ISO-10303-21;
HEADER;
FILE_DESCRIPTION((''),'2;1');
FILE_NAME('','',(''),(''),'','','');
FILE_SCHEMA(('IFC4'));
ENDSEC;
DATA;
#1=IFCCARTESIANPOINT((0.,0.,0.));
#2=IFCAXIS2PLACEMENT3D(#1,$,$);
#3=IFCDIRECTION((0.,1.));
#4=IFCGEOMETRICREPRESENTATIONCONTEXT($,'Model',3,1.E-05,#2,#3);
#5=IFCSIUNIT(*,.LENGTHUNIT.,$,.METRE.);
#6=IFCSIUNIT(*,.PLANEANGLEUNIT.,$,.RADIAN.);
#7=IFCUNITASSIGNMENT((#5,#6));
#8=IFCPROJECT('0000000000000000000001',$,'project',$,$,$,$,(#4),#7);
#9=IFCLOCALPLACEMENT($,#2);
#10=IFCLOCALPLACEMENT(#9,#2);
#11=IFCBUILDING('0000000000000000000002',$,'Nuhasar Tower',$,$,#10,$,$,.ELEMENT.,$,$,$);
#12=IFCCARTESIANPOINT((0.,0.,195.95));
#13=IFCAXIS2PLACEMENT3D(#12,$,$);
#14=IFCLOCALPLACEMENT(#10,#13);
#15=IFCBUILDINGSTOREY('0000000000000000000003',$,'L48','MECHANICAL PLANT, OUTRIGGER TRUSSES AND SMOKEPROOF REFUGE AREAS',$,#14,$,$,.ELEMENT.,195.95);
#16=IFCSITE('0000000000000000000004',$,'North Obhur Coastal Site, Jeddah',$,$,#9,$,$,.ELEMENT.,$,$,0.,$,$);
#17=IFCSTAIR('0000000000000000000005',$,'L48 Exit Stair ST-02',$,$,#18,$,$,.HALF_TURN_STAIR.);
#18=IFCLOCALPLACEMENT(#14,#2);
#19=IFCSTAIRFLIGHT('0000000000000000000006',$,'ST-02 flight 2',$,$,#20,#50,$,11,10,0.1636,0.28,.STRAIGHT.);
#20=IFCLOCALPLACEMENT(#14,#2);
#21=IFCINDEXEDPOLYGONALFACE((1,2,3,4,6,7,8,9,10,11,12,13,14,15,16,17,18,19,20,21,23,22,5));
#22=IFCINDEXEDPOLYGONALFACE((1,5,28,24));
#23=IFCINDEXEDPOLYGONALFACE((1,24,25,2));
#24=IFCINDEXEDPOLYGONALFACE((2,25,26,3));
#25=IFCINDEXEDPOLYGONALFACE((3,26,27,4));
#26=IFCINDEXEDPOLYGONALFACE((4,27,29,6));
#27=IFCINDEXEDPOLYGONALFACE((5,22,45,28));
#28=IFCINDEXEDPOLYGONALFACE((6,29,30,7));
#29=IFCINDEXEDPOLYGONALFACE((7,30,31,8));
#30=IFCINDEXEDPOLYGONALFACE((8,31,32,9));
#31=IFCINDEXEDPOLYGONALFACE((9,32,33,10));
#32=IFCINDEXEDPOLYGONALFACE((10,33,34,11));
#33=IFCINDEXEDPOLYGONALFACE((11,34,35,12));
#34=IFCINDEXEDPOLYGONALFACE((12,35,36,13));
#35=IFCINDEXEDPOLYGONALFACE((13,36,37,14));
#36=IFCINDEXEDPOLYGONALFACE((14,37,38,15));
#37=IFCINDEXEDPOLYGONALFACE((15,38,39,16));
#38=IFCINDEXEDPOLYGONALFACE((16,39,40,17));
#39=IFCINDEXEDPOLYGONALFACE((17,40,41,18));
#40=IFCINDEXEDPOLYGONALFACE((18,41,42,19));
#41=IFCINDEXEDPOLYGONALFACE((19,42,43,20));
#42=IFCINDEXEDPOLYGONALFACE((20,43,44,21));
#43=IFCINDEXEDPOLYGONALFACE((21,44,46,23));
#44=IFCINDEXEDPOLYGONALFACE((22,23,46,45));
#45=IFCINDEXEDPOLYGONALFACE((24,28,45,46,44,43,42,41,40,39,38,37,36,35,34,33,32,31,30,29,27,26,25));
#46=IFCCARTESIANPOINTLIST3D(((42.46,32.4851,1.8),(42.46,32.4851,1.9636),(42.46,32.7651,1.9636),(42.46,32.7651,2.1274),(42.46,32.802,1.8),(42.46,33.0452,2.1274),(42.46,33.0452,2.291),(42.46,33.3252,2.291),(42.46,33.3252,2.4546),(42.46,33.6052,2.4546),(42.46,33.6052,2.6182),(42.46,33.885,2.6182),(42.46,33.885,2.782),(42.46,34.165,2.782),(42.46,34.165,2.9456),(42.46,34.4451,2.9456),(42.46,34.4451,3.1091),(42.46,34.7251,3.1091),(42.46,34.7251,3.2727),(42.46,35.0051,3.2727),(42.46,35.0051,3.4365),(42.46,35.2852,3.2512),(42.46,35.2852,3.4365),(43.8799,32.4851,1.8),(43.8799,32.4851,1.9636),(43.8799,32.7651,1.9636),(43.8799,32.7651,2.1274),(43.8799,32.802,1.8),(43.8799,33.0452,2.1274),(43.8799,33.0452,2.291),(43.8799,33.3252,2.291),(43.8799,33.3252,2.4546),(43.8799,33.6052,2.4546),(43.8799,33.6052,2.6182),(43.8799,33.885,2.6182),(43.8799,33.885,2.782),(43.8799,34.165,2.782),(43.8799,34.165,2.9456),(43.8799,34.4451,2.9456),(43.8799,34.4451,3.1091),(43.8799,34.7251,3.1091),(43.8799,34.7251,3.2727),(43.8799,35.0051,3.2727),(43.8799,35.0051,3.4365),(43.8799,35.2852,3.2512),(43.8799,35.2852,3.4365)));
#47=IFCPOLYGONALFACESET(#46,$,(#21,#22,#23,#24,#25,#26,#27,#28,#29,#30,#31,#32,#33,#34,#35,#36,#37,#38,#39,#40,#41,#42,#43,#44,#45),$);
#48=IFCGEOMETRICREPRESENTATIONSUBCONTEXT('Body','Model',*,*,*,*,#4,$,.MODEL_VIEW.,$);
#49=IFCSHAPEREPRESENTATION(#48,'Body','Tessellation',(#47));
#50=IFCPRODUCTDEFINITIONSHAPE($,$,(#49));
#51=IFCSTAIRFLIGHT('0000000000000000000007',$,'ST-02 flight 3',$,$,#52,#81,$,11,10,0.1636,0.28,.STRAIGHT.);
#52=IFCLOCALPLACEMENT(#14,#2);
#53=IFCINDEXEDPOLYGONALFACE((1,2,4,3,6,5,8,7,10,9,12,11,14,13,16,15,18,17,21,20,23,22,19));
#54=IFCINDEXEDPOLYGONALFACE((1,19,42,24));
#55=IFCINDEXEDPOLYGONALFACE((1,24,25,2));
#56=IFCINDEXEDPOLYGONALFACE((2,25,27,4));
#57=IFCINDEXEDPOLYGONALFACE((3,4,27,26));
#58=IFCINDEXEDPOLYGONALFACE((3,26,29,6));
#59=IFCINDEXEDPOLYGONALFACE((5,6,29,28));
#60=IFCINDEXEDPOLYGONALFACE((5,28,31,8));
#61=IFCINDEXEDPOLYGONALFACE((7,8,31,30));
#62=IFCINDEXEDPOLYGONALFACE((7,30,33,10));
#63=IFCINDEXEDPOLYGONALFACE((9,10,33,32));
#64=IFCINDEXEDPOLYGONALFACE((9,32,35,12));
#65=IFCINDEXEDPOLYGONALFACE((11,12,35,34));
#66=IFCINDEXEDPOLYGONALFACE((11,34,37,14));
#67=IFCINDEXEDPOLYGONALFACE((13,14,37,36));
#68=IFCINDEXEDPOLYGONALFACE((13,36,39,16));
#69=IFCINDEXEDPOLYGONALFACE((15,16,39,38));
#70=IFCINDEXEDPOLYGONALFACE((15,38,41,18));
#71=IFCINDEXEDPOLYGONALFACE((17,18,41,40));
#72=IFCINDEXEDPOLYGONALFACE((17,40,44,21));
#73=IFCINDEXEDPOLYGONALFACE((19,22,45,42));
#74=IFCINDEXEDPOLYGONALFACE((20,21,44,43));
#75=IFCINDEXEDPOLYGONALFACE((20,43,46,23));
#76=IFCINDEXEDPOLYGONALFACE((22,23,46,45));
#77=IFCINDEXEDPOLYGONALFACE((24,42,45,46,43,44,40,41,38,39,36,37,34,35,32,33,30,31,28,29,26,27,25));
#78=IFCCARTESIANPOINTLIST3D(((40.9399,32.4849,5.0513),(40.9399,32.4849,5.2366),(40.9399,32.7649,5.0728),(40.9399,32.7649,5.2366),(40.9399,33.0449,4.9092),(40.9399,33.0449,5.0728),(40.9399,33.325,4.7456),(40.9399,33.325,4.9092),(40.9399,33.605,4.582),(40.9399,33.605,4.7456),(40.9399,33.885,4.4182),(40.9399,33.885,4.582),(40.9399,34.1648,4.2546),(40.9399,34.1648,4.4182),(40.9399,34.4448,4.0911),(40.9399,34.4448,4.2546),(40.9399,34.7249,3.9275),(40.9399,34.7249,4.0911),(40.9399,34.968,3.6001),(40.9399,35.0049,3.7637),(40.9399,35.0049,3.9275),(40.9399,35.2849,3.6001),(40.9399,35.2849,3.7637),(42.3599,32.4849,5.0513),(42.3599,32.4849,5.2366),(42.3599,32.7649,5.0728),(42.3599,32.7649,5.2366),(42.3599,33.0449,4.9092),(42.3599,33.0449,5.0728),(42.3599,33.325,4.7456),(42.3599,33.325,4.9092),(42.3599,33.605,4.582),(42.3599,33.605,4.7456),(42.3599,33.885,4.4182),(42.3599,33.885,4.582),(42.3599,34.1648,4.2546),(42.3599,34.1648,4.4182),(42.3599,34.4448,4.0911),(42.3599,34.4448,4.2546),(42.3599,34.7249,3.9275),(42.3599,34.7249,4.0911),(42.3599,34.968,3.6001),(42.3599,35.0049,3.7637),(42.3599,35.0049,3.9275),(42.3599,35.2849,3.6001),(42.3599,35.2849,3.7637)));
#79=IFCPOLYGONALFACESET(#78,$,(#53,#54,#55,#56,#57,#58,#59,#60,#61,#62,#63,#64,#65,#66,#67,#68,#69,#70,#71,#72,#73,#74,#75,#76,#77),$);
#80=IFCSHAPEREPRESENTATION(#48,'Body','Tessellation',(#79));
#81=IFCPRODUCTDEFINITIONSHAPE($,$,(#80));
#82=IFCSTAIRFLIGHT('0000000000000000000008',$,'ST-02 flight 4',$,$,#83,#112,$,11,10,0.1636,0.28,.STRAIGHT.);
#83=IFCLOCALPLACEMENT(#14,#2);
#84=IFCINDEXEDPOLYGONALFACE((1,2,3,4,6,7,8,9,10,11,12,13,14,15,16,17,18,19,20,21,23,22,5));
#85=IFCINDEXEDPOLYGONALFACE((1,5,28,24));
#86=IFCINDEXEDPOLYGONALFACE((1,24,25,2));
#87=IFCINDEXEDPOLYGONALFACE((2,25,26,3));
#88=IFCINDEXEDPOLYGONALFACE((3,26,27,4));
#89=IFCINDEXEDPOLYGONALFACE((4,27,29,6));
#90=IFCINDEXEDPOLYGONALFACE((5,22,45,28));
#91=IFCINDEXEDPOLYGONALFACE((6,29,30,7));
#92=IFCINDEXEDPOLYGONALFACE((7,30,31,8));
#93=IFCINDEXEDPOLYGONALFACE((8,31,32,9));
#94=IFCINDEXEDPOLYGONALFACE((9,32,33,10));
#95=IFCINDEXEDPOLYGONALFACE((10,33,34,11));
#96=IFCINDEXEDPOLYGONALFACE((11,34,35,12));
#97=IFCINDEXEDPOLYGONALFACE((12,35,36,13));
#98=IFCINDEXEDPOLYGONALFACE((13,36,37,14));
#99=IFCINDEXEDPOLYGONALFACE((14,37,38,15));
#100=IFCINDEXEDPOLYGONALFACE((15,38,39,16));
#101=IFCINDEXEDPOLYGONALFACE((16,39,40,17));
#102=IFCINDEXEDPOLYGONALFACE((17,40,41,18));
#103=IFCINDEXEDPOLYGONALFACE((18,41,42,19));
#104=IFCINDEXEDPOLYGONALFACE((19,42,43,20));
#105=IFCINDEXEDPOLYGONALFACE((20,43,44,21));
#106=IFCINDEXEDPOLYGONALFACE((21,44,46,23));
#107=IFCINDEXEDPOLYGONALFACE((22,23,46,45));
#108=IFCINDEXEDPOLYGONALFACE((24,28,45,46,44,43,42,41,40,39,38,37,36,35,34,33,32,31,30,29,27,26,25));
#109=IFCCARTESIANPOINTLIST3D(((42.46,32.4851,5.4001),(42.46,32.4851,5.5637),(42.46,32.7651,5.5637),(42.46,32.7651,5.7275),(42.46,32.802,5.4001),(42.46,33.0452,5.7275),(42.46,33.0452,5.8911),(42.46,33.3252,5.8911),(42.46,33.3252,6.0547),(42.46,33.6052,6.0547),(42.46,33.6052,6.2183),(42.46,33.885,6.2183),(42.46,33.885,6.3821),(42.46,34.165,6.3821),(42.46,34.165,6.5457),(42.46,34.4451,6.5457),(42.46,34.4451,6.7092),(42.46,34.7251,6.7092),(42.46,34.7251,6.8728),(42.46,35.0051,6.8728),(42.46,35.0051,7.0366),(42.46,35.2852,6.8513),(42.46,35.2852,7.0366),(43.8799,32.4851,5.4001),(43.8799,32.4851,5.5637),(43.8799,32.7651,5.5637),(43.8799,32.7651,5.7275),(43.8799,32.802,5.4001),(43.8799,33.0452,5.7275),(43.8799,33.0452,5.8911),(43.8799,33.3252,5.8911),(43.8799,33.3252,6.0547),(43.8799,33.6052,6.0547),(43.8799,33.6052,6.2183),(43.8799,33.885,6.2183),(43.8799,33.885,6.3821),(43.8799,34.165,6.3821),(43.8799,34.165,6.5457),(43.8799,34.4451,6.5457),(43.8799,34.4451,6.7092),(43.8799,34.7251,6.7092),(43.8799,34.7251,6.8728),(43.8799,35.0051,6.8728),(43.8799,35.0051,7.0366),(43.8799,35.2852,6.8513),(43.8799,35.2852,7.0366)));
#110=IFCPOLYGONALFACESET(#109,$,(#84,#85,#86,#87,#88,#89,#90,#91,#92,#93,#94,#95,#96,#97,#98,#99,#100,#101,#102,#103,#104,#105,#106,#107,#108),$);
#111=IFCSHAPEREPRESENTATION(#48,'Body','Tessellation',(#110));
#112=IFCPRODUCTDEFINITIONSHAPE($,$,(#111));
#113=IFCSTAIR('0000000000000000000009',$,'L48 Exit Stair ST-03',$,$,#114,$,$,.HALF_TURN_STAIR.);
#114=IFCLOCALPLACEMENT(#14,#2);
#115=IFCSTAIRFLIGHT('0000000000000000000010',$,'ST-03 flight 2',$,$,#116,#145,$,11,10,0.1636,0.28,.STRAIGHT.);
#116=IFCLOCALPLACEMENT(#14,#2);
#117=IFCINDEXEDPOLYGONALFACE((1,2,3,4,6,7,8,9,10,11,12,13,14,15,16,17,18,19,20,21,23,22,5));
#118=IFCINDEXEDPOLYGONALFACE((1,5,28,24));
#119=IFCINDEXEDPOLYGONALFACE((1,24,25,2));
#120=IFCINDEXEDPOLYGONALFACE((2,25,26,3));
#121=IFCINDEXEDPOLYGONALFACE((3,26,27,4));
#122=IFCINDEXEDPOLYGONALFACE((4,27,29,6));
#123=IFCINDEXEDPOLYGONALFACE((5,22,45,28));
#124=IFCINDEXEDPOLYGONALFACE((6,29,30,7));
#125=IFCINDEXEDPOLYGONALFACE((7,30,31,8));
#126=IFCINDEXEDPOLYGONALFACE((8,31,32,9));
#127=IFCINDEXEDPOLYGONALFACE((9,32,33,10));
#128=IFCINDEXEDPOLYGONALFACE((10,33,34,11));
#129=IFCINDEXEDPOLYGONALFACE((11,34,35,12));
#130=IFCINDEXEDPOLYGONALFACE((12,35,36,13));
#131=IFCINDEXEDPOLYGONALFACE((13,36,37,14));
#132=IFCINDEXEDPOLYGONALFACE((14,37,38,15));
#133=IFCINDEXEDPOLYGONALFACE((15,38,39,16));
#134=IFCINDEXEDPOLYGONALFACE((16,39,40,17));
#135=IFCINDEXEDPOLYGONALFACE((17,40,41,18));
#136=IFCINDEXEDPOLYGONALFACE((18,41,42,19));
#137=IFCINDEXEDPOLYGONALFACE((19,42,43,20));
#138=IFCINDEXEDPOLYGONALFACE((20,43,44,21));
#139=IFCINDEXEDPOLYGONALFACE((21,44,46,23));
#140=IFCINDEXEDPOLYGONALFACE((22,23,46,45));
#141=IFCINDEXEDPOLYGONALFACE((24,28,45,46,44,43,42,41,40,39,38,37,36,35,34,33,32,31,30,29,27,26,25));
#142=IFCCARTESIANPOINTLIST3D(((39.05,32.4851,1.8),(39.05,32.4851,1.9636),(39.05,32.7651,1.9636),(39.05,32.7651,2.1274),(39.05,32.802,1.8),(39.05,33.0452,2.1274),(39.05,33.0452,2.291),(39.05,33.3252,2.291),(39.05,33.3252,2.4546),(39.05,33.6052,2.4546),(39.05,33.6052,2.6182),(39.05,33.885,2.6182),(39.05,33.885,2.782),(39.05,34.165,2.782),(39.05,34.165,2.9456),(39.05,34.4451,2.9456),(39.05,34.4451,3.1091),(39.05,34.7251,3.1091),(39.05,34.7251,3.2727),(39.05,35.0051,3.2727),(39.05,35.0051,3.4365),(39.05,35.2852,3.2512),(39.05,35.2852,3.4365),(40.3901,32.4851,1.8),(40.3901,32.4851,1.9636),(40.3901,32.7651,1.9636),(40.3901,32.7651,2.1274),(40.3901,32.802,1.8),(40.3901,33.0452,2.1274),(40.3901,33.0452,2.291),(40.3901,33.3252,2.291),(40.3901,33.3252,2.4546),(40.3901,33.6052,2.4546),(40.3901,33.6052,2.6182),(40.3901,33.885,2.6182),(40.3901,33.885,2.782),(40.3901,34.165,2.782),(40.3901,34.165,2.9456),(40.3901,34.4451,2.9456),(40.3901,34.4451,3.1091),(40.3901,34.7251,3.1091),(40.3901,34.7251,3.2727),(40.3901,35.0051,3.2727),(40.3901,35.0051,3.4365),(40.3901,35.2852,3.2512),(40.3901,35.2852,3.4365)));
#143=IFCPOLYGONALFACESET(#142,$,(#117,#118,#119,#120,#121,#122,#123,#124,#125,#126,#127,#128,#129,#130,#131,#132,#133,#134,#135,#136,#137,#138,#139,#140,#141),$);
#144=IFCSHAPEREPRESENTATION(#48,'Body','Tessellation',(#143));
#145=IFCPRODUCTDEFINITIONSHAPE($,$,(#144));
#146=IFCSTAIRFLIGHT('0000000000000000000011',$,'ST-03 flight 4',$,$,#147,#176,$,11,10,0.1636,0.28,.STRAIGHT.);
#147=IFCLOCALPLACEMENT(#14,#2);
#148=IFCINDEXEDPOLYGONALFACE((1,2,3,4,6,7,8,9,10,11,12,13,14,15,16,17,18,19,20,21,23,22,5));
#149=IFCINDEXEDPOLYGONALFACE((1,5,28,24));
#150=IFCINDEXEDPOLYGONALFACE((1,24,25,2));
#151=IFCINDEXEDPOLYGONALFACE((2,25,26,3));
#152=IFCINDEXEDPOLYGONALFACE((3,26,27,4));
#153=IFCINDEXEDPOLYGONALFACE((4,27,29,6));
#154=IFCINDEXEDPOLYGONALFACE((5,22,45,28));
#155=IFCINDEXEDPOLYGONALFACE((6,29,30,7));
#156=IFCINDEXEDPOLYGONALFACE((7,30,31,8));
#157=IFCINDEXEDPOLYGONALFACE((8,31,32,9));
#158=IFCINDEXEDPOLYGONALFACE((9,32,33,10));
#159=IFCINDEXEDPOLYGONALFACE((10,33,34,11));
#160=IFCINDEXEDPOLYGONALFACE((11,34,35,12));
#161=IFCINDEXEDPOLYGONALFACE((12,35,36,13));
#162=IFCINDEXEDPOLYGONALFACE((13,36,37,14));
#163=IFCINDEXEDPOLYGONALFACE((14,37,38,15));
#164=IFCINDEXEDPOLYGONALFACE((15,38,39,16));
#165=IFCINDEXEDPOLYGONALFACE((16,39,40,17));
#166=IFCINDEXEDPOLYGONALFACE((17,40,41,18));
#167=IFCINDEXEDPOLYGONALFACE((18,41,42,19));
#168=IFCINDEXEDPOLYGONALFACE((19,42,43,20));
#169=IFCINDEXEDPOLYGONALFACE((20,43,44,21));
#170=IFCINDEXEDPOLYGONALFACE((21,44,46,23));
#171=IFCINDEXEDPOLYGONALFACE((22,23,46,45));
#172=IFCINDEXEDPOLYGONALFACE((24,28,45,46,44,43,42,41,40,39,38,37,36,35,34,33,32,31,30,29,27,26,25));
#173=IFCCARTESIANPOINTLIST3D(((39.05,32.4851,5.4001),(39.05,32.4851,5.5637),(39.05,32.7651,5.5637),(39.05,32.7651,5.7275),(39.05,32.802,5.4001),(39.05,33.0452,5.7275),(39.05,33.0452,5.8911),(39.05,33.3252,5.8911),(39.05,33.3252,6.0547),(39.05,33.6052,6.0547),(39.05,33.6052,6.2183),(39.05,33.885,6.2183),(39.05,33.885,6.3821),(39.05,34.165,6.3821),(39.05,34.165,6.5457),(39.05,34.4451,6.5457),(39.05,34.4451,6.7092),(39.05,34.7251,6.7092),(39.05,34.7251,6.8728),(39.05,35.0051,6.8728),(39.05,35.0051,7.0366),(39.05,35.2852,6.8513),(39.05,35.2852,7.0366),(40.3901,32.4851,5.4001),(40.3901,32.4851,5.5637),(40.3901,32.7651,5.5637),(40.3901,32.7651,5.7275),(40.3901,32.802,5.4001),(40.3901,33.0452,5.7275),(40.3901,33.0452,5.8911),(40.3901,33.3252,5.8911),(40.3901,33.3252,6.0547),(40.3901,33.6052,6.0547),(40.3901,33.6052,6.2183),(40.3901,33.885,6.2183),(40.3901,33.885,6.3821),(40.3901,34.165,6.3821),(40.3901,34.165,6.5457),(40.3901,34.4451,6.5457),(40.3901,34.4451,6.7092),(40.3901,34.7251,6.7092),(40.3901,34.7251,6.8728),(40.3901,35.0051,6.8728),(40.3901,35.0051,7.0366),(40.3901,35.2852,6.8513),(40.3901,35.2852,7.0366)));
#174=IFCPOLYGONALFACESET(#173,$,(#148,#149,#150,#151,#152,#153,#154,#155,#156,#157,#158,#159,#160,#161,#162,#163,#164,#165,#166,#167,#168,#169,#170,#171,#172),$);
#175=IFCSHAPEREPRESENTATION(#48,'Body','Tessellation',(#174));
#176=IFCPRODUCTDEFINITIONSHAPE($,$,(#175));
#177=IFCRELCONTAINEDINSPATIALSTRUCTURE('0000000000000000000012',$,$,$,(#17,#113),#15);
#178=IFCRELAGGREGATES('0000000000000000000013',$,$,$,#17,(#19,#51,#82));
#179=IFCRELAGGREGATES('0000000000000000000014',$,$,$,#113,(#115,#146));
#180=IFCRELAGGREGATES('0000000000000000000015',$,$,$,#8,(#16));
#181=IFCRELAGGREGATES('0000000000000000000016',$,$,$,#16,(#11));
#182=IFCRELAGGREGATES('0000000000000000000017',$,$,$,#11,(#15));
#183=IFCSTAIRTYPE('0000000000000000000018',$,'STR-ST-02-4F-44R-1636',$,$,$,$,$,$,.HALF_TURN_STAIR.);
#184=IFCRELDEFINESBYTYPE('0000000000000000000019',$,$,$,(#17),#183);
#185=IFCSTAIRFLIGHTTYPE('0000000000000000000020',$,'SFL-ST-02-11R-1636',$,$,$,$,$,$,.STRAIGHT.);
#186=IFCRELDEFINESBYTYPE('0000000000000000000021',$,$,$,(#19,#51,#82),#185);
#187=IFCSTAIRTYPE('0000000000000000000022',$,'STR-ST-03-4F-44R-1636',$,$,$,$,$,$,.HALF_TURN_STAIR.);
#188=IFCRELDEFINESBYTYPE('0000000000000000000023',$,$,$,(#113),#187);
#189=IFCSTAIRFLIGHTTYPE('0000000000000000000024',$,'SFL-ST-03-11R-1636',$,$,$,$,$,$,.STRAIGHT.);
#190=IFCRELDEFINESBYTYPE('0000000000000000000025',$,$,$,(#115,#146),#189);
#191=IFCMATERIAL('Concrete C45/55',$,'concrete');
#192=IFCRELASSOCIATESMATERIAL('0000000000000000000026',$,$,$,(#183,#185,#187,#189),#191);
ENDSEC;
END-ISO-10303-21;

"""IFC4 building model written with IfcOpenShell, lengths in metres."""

from ifc_helpers import new_model, si_unit, direction, frame, origin, place, context, subcontext, project, spatial, polyline, outline, extrude, material, type_object, element, aggregate, save


model = new_model("IFC4")

# Units and contexts
model_context = context("Model", 3, precision=1e-05, world=origin(), true_north=direction((0.0, 1.0)))
body_context = subcontext(model_context, "Body", "Model", "MODEL_VIEW")
ifc_project = project(units=[si_unit("LENGTHUNIT", "METRE"), si_unit("PLANEANGLEUNIT", "RADIAN")], contexts=[model_context])

# Site, building, storey
site_placement = place(None, origin())
site = spatial("IfcSite", under=ifc_project, at=site_placement, Name="North Obhur Coastal Site, Jeddah", CompositionType="ELEMENT", RefElevation=0.0)
building_placement = place(site_placement, origin())
building = spatial("IfcBuilding", under=site, at=building_placement, Name="Nuhasar Tower", CompositionType="ELEMENT")
storey_placement = place(building_placement, frame((0.0, 0.0, 195.95)))
storey = spatial("IfcBuildingStorey", under=building, at=storey_placement, Name="L48", Description="MECHANICAL PLANT, OUTRIGGER TRUSSES AND SMOKEPROOF REFUGE AREAS", CompositionType="ELEMENT", Elevation=195.95)

# Shared definitions
ifc_material_1 = material(Name="Concrete C45/55", Category="concrete")

# Stairs, stair flights
stair_type_1 = type_object("IfcStairType", Name="STR-ST-02-4F-44R-1636", PredefinedType="HALF_TURN_STAIR", material=ifc_material_1)
stair_1_placement = place(storey_placement, origin())
stair_1 = element("IfcStair", 1, at=stair_1_placement, inside=storey, type_object=stair_type_1, Name="L48 Exit Stair ST-02", PredefinedType="HALF_TURN_STAIR")
stair_flight_type_1 = type_object("IfcStairFlightType", Name="SFL-ST-02-11R-1636", PredefinedType="STRAIGHT", material=ifc_material_1)
stair_flight_1_placement = place(storey_placement, frame((43.1699, 32.4851, 1.8), z_axis=(0.0, 0.0, 1.0), x_axis=(0.0, 1.0, 0.0)))
stair_flight_1 = element("IfcStairFlight", 2, at=stair_flight_1_placement, type_object=stair_flight_type_1, Name="ST-02 flight 2", NumberOfRisers=11, NumberOfTreads=10, PredefinedType="STRAIGHT", RiserHeight=0.1636, TreadLength=0.28, context=body_context, shape_type="SweptSolid", body=[
    extrude(outline(polyline([(0.0, 0.0), (0.0, 0.1636), (0.28, 0.1636), (0.28, 0.3274), (0.5601, 0.3274), (0.5601, 0.491), (0.8401, 0.491), (0.8401, 0.6545), (1.1201, 0.6545), (1.1201, 0.8181), (1.3999, 0.8181), (1.3999, 0.9819), (1.6799, 0.9819), (1.6799, 1.1455), (1.96, 1.1455), (1.96, 1.3091), (2.24, 1.3091), (2.24, 1.4727), (2.52, 1.4727), (2.52, 1.6365), (2.8, 1.6365), (2.8, 1.8), (2.8, 1.4512), (0.3169, 0.0), (0.0, 0.0)])), frame((0.0, 0.71, 0.0), z_axis=(0.0, -1.0, 0.0), x_axis=(1.0, 0.0, 0.0)), (0.0, 0.0, 1.0), 1.4199),
])
stair_flight_2_placement = place(storey_placement, frame((41.6499, 35.2849, 3.6001), z_axis=(0.0, 0.0, 1.0), x_axis=(0.0, -1.0, 0.0)))
stair_flight_2 = element("IfcStairFlight", 3, at=stair_flight_2_placement, type_object=stair_flight_type_1, Name="ST-02 flight 3", NumberOfRisers=11, NumberOfTreads=10, PredefinedType="STRAIGHT", RiserHeight=0.1636, TreadLength=0.28, context=body_context, shape_type="SweptSolid", body=[
    extrude(outline(polyline([(0.0, 0.0), (0.0, 0.1636), (0.28, 0.1636), (0.28, 0.3274), (0.5601, 0.3274), (0.5601, 0.491), (0.8401, 0.491), (0.8401, 0.6545), (1.1201, 0.6545), (1.1201, 0.8181), (1.3999, 0.8181), (1.3999, 0.9819), (1.6799, 0.9819), (1.6799, 1.1455), (1.96, 1.1455), (1.96, 1.3091), (2.24, 1.3091), (2.24, 1.4727), (2.52, 1.4727), (2.52, 1.6365), (2.8, 1.6365), (2.8, 1.8), (2.8, 1.4512), (0.3169, 0.0), (0.0, 0.0)])), frame((0.0, 0.71, 0.0), z_axis=(0.0, -1.0, 0.0), x_axis=(1.0, 0.0, 0.0)), (0.0, 0.0, 1.0), 1.4199),
])
stair_flight_3_placement = place(storey_placement, frame((43.1699, 32.4851, 5.4001), z_axis=(0.0, 0.0, 1.0), x_axis=(0.0, 1.0, 0.0)))
stair_flight_3 = element("IfcStairFlight", 4, at=stair_flight_3_placement, type_object=stair_flight_type_1, Name="ST-02 flight 4", NumberOfRisers=11, NumberOfTreads=10, PredefinedType="STRAIGHT", RiserHeight=0.1636, TreadLength=0.28, context=body_context, shape_type="SweptSolid", body=[
    extrude(outline(polyline([(0.0, 0.0), (0.0, 0.1636), (0.28, 0.1636), (0.28, 0.3274), (0.5601, 0.3274), (0.5601, 0.491), (0.8401, 0.491), (0.8401, 0.6545), (1.1201, 0.6545), (1.1201, 0.8181), (1.3999, 0.8181), (1.3999, 0.9819), (1.6799, 0.9819), (1.6799, 1.1455), (1.96, 1.1455), (1.96, 1.3091), (2.24, 1.3091), (2.24, 1.4727), (2.52, 1.4727), (2.52, 1.6365), (2.8, 1.6365), (2.8, 1.8), (2.8, 1.4512), (0.3169, 0.0), (0.0, 0.0)])), frame((0.0, 0.71, 0.0), z_axis=(0.0, -1.0, 0.0), x_axis=(1.0, 0.0, 0.0)), (0.0, 0.0, 1.0), 1.4199),
])
aggregate(stair_1, [stair_flight_1, stair_flight_2, stair_flight_3])
stair_type_2 = type_object("IfcStairType", Name="STR-ST-03-4F-44R-1636", PredefinedType="HALF_TURN_STAIR", material=ifc_material_1)
stair_2_placement = place(storey_placement, origin())
stair_2 = element("IfcStair", 5, at=stair_2_placement, inside=storey, type_object=stair_type_2, Name="L48 Exit Stair ST-03", PredefinedType="HALF_TURN_STAIR")
stair_flight_type_2 = type_object("IfcStairFlightType", Name="SFL-ST-03-11R-1636", PredefinedType="STRAIGHT", material=ifc_material_1)
stair_flight_4_placement = place(storey_placement, frame((39.72, 32.4851, 1.8), z_axis=(0.0, 0.0, 1.0), x_axis=(0.0, 1.0, 0.0)))
stair_flight_4 = element("IfcStairFlight", 6, at=stair_flight_4_placement, type_object=stair_flight_type_2, Name="ST-03 flight 2", NumberOfRisers=11, NumberOfTreads=10, PredefinedType="STRAIGHT", RiserHeight=0.1636, TreadLength=0.28, context=body_context, shape_type="SweptSolid", body=[
    extrude(outline(polyline([(0.0, 0.0), (0.0, 0.1636), (0.28, 0.1636), (0.28, 0.3274), (0.5601, 0.3274), (0.5601, 0.491), (0.8401, 0.491), (0.8401, 0.6545), (1.1201, 0.6545), (1.1201, 0.8181), (1.3999, 0.8181), (1.3999, 0.9819), (1.6799, 0.9819), (1.6799, 1.1455), (1.96, 1.1455), (1.96, 1.3091), (2.24, 1.3091), (2.24, 1.4727), (2.52, 1.4727), (2.52, 1.6365), (2.8, 1.6365), (2.8, 1.8), (2.8, 1.4512), (0.3169, 0.0), (0.0, 0.0)])), frame((0.0, 0.6699, 0.0), z_axis=(0.0, -1.0, 0.0), x_axis=(1.0, 0.0, 0.0)), (0.0, 0.0, 1.0), 1.3401),
])
stair_flight_5_placement = place(storey_placement, frame((39.72, 32.4851, 5.4001), z_axis=(0.0, 0.0, 1.0), x_axis=(0.0, 1.0, 0.0)))
stair_flight_5 = element("IfcStairFlight", 7, at=stair_flight_5_placement, type_object=stair_flight_type_2, Name="ST-03 flight 4", NumberOfRisers=11, NumberOfTreads=10, PredefinedType="STRAIGHT", RiserHeight=0.1636, TreadLength=0.28, context=body_context, shape_type="SweptSolid", body=[
    extrude(outline(polyline([(0.0, 0.0), (0.0, 0.1636), (0.28, 0.1636), (0.28, 0.3274), (0.5601, 0.3274), (0.5601, 0.491), (0.8401, 0.491), (0.8401, 0.6545), (1.1201, 0.6545), (1.1201, 0.8181), (1.3999, 0.8181), (1.3999, 0.9819), (1.6799, 0.9819), (1.6799, 1.1455), (1.96, 1.1455), (1.96, 1.3091), (2.24, 1.3091), (2.24, 1.4727), (2.52, 1.4727), (2.52, 1.6365), (2.8, 1.6365), (2.8, 1.8), (2.8, 1.4512), (0.3169, 0.0), (0.0, 0.0)])), frame((0.0, 0.6699, 0.0), z_axis=(0.0, -1.0, 0.0), x_axis=(1.0, 0.0, 0.0)), (0.0, 0.0, 1.0), 1.3401),
])
aggregate(stair_2, [stair_flight_4, stair_flight_5])

save(model, "model.ifc")
